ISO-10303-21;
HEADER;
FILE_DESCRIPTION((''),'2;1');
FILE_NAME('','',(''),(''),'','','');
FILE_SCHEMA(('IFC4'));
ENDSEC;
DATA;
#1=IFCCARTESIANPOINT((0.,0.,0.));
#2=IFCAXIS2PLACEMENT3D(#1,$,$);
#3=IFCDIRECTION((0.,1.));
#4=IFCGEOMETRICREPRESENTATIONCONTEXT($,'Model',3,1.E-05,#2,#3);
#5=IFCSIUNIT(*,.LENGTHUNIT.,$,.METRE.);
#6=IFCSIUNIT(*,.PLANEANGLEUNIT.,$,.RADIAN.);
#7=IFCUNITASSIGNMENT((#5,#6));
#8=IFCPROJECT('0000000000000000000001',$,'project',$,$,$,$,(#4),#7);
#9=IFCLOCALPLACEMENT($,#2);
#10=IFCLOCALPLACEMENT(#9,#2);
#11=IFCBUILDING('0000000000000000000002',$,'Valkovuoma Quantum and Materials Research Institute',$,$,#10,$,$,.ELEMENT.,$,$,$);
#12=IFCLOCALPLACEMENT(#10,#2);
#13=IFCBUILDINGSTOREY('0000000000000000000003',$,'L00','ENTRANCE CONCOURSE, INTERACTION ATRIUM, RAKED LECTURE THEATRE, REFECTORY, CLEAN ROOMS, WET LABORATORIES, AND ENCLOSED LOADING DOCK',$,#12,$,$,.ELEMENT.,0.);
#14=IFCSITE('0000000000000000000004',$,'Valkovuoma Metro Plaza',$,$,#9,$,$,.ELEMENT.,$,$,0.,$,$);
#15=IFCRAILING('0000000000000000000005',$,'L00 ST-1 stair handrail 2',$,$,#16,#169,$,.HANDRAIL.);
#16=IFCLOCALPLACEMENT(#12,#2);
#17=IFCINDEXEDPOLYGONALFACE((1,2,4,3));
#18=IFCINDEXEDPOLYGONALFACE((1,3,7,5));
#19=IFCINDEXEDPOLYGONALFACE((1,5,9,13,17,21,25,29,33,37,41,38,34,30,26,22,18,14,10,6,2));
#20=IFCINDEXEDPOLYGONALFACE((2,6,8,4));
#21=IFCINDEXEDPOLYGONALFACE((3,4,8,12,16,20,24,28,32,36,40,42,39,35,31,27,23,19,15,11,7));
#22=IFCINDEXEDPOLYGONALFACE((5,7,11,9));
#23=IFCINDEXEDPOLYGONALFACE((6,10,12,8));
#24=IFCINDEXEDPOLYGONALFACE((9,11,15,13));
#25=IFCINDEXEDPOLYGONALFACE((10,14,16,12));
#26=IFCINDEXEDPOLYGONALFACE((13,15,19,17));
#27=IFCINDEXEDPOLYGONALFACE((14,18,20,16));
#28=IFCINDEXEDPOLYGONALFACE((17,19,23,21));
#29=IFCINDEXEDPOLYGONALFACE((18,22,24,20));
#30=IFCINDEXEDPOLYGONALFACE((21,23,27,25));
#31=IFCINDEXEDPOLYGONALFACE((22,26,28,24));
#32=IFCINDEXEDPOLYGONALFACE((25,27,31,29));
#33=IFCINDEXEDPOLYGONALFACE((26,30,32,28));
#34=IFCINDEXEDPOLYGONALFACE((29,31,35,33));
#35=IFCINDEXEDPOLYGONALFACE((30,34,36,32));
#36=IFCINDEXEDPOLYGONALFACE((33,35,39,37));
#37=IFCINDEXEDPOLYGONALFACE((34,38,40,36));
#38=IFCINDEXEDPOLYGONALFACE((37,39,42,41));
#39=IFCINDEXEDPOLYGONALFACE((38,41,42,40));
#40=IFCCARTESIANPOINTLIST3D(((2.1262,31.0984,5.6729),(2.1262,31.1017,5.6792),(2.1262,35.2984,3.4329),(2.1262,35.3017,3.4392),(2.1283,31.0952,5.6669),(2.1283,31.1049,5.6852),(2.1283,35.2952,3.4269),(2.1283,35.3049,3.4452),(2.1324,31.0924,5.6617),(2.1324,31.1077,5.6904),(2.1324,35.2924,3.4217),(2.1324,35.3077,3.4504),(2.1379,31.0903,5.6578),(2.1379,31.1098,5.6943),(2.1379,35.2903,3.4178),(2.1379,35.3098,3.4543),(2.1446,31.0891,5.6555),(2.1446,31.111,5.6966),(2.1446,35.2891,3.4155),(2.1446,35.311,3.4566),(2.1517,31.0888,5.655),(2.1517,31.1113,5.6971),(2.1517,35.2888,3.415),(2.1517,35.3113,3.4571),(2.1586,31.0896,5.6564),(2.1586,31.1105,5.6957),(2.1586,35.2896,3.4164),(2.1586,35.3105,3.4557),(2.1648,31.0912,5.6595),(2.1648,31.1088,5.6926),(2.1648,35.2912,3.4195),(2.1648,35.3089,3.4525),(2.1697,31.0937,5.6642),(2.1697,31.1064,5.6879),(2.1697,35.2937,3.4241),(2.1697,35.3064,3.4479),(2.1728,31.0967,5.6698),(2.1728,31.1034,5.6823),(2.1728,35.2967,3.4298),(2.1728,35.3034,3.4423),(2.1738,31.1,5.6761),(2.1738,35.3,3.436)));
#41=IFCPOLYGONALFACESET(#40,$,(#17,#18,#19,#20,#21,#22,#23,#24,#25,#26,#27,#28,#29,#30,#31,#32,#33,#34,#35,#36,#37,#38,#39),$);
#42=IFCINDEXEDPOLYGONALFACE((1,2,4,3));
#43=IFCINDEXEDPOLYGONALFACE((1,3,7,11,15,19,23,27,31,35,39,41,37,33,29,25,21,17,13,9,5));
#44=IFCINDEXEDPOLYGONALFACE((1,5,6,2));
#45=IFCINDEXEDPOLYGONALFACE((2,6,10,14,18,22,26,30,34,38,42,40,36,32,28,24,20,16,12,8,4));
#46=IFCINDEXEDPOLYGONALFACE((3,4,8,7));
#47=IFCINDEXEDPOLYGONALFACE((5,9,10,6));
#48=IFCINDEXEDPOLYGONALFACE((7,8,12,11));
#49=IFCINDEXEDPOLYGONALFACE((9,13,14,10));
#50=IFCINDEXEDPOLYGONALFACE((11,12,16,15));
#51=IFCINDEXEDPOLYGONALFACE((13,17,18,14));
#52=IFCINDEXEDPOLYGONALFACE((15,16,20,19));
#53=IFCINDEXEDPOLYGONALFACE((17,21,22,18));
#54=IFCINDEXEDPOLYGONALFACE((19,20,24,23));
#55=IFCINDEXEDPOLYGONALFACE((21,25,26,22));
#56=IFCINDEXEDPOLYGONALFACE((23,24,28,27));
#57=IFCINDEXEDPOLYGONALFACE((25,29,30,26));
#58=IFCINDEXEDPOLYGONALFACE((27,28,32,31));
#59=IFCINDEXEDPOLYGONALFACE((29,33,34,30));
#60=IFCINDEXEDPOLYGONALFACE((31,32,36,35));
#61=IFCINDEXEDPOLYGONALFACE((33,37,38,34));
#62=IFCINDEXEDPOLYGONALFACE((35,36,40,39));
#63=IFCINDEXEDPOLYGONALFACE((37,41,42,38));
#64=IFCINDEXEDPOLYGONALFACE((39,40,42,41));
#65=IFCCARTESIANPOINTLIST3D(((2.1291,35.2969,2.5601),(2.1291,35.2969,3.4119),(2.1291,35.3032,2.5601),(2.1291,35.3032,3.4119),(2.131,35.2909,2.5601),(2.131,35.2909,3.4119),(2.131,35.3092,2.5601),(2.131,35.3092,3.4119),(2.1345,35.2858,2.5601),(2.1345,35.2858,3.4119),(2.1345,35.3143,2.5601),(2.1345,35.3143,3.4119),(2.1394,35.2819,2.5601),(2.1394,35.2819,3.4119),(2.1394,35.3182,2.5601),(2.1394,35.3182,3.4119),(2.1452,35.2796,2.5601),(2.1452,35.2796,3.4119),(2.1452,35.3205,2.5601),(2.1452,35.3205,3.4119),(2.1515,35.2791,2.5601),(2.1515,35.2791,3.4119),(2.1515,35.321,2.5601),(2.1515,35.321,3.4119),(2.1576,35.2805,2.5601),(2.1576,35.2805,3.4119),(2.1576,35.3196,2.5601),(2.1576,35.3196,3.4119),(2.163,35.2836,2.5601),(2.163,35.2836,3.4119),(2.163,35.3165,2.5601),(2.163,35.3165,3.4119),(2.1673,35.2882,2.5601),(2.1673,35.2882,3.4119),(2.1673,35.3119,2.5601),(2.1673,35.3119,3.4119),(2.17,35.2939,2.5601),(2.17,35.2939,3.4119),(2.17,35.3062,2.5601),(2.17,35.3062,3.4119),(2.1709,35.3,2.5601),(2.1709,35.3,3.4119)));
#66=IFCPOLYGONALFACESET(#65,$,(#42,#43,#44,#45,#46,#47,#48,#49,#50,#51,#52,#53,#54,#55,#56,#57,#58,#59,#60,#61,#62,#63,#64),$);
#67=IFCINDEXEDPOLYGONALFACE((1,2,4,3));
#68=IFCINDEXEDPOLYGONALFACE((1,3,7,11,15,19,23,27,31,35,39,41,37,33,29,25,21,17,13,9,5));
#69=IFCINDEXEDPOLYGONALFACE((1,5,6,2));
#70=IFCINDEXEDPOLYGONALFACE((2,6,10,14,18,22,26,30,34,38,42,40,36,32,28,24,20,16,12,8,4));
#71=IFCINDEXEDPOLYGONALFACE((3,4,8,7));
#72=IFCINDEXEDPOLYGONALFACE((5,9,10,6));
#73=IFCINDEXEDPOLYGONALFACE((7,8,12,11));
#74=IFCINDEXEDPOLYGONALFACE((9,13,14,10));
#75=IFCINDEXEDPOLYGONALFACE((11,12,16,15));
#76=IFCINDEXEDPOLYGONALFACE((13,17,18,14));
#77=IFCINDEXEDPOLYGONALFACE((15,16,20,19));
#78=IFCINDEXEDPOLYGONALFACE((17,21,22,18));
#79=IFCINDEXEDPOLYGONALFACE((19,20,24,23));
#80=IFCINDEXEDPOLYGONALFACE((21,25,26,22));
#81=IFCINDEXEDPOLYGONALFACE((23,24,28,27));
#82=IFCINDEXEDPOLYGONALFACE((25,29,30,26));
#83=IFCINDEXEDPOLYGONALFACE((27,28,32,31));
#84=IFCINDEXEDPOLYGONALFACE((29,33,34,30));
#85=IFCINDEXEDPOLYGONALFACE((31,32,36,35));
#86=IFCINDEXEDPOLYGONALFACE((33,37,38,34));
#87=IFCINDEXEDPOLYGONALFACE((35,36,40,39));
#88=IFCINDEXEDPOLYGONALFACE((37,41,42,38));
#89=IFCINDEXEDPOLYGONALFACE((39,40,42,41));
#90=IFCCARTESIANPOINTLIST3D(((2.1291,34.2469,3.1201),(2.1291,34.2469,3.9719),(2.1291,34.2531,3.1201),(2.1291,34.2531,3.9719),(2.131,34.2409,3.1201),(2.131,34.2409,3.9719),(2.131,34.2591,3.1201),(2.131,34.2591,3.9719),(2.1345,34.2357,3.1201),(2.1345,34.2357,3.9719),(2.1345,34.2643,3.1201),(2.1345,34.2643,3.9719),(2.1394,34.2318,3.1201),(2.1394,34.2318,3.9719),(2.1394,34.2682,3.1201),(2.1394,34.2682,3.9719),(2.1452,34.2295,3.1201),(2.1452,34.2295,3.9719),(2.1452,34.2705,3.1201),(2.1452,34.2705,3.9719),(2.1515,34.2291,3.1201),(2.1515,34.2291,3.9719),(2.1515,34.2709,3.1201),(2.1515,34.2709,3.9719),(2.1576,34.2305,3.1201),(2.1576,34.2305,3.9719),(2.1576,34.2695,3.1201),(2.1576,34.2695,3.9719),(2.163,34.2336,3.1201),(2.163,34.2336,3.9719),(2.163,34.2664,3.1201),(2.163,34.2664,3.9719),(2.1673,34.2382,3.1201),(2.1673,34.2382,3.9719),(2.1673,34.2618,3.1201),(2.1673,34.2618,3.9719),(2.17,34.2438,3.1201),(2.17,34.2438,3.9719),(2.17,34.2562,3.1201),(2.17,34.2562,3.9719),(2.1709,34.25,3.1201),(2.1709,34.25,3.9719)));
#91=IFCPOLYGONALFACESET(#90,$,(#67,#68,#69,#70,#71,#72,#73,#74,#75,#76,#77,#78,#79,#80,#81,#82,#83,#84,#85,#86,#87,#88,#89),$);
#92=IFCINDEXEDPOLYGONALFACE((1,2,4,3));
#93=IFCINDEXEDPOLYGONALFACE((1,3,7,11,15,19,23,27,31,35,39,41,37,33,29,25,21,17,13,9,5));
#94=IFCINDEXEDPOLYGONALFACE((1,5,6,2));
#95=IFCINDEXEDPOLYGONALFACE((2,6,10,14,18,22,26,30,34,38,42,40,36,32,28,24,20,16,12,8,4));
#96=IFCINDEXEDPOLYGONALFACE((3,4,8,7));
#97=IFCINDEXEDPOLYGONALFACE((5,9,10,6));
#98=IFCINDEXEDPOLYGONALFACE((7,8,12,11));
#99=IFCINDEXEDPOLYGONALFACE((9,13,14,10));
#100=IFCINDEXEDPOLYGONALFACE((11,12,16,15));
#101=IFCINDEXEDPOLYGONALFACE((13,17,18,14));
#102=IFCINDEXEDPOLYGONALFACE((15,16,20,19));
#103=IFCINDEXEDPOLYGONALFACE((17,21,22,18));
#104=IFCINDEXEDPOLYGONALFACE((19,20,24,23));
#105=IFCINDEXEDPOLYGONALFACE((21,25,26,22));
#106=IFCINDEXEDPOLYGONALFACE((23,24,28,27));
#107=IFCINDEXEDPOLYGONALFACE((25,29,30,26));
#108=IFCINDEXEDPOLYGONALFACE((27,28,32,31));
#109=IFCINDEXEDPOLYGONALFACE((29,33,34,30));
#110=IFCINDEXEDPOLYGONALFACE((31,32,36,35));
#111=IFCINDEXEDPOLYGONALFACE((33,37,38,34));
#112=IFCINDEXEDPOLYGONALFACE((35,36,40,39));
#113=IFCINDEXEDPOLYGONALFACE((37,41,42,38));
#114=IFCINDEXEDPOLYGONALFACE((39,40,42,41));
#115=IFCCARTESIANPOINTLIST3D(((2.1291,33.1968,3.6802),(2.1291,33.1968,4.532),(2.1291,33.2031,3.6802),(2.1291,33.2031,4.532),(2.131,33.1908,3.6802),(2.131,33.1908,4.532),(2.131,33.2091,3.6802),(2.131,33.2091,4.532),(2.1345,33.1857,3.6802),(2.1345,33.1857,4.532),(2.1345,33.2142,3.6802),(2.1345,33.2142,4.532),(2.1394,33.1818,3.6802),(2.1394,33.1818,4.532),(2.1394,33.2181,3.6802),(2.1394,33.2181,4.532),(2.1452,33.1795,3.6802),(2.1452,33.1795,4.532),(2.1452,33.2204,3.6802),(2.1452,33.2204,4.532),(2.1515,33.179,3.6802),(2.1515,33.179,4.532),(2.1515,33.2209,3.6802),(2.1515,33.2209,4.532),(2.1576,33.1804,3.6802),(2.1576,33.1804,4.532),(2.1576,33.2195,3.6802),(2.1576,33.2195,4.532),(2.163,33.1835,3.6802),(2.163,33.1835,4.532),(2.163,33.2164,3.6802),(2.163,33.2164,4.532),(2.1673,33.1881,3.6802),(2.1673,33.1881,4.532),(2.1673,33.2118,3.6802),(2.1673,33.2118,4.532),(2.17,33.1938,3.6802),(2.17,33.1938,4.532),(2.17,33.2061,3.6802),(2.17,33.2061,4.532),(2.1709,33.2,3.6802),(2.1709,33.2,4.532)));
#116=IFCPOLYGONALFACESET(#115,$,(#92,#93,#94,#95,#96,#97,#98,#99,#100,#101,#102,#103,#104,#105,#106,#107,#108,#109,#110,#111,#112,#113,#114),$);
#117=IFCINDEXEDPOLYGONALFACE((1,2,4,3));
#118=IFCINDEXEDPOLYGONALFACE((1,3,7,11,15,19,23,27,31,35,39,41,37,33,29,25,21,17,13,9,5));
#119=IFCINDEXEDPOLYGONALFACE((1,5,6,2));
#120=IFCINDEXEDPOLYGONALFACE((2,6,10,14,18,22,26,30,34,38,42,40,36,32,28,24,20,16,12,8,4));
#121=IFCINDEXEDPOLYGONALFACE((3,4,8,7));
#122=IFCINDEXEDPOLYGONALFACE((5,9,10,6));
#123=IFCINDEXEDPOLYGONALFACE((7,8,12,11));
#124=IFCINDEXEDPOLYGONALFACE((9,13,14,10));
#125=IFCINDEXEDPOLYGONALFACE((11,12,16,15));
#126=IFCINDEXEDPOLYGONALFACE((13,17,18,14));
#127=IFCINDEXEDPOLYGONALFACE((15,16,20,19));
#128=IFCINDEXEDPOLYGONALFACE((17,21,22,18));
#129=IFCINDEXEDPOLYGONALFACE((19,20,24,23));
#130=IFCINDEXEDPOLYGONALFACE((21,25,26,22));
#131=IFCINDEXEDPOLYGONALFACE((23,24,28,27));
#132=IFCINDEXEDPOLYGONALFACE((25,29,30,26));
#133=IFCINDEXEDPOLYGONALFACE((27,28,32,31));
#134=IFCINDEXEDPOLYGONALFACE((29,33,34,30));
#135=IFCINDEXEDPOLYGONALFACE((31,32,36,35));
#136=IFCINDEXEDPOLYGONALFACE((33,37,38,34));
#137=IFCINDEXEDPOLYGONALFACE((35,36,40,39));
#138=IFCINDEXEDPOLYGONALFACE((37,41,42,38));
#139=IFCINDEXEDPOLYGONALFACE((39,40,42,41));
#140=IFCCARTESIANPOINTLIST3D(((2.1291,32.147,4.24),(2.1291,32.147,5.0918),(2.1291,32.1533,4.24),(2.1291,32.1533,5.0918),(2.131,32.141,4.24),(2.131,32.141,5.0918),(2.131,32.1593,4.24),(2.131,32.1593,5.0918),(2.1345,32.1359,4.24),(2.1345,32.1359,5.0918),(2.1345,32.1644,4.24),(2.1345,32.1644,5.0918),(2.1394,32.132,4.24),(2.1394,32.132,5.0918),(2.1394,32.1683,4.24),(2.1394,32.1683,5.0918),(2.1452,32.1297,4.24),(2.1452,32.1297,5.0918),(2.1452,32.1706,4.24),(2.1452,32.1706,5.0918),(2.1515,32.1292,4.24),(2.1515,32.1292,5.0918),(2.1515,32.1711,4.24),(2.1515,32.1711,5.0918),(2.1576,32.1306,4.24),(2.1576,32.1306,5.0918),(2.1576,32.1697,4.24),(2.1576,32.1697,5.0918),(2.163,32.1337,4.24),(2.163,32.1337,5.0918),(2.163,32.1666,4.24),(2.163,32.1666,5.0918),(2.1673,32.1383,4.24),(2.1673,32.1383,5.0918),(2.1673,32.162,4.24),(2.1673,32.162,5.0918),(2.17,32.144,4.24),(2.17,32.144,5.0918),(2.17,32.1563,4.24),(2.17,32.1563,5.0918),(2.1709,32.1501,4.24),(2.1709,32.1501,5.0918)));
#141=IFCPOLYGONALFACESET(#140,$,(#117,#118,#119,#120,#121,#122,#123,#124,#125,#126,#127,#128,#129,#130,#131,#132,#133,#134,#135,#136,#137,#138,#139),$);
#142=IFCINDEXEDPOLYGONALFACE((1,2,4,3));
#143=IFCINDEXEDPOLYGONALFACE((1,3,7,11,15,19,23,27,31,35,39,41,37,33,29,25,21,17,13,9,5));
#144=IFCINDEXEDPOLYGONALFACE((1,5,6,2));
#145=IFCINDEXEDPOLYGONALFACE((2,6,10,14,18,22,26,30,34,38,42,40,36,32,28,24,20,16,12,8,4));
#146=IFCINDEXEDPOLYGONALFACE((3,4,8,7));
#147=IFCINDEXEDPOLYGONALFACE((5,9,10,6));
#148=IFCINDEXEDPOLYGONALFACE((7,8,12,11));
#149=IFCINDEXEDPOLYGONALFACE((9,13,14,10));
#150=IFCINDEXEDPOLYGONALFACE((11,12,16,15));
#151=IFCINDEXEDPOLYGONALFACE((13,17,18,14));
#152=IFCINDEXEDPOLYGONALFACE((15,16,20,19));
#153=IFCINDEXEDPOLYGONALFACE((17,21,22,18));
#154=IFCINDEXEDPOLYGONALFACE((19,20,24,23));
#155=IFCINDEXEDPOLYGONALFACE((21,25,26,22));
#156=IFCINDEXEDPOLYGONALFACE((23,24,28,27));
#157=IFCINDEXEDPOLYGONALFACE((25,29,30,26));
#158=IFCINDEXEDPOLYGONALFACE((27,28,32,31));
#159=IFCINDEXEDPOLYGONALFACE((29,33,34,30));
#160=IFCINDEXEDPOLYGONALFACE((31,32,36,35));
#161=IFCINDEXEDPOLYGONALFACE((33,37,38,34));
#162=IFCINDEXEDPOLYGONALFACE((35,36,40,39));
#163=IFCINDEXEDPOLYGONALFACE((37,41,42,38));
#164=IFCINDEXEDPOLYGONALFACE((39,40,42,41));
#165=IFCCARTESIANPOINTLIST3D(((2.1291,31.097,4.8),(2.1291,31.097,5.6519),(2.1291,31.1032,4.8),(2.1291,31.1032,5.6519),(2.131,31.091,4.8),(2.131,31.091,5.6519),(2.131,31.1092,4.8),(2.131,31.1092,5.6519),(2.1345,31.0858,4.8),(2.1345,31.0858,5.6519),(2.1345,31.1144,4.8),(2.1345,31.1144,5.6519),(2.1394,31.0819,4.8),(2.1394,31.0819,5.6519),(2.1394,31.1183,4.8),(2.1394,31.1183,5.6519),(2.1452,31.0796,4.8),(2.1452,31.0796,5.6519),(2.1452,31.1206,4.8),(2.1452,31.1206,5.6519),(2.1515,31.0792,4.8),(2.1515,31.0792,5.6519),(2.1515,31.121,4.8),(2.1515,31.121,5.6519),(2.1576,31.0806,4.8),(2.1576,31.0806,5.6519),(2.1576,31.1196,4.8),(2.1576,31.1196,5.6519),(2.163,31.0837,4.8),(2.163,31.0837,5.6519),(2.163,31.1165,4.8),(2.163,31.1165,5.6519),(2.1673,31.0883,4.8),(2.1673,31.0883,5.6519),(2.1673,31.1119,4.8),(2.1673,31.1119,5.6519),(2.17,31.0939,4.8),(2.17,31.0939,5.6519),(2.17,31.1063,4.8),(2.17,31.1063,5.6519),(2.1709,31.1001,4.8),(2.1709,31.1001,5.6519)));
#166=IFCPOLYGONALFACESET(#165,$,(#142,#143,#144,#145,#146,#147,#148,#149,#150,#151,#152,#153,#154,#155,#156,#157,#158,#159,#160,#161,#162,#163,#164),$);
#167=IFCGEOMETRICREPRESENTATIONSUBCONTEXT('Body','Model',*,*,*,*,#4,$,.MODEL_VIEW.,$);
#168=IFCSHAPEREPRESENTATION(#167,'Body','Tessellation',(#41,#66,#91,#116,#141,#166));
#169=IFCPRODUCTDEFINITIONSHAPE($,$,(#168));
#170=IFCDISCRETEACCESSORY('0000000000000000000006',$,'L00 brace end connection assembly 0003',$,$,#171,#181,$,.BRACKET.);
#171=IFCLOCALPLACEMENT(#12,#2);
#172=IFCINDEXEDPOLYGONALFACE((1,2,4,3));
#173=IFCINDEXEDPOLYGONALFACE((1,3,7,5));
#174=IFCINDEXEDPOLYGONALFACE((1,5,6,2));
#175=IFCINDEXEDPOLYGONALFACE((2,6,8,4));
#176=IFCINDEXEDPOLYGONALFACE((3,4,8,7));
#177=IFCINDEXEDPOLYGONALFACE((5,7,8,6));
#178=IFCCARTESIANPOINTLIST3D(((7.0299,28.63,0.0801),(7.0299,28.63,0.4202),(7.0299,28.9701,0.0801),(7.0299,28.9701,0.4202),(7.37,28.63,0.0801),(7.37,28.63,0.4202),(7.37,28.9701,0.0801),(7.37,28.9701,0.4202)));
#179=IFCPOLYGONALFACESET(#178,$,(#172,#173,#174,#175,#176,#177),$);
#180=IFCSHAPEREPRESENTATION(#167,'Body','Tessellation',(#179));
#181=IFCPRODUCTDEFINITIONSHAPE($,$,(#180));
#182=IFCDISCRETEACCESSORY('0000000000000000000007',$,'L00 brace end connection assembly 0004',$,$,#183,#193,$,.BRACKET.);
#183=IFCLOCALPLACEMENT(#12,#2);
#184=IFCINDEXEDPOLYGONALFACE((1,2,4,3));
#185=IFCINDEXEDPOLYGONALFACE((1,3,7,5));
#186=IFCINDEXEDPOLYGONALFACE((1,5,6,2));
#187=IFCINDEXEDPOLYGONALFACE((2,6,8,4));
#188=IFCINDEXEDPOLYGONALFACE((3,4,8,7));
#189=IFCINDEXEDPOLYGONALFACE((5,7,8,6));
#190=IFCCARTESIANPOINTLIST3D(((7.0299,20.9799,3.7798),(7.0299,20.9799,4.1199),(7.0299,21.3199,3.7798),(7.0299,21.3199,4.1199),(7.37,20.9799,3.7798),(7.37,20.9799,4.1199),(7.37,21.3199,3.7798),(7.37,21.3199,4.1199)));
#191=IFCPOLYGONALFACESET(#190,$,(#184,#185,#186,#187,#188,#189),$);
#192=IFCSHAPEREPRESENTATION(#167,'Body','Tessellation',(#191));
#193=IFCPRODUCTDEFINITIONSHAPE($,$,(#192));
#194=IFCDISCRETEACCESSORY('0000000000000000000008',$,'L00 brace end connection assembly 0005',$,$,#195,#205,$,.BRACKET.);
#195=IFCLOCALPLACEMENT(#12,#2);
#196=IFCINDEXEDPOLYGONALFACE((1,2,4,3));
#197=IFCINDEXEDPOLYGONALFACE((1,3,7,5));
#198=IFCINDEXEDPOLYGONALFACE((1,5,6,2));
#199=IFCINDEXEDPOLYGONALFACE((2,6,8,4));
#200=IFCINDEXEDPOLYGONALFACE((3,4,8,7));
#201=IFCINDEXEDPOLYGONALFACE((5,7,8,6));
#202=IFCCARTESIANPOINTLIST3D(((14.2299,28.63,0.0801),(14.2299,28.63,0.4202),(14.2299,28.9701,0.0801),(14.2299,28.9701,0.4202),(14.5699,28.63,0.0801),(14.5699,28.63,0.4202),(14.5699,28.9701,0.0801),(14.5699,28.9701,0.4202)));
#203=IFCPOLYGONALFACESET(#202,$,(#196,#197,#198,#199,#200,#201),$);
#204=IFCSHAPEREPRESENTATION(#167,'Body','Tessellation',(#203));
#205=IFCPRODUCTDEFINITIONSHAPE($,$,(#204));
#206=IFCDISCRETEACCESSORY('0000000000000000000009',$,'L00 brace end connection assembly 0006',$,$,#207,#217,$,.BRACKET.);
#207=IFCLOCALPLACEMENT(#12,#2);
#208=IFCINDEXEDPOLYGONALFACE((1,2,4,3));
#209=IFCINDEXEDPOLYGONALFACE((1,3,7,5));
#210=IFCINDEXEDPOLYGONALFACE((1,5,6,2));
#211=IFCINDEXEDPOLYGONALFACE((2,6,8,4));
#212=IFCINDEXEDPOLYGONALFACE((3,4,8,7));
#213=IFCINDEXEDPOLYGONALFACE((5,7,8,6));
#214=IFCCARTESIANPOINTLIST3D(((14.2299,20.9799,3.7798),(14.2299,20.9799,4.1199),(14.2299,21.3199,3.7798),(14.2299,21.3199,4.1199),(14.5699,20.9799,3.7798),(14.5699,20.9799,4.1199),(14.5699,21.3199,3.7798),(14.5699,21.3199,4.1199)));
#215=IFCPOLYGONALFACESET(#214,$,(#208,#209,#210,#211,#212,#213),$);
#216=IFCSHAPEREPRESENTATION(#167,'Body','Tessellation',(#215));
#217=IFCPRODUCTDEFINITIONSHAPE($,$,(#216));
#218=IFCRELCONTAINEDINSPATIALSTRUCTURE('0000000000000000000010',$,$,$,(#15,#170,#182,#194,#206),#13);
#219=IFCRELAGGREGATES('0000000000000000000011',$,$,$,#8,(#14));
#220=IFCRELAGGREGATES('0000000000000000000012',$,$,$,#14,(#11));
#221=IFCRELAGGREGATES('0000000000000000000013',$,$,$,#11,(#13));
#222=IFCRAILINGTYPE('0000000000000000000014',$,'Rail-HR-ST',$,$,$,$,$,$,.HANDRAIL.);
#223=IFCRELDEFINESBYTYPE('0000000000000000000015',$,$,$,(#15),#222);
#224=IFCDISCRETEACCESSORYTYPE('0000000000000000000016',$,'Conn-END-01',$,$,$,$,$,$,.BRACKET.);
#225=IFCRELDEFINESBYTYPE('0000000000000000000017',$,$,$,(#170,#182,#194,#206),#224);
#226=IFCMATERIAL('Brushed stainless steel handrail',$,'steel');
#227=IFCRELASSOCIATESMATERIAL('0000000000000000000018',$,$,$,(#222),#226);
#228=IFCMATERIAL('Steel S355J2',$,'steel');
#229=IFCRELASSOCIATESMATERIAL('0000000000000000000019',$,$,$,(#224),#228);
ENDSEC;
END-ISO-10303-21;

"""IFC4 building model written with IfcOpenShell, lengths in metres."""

from ifc_helpers import new_model, si_unit, direction, frame, origin, origin_2d, place, context, subcontext, project, spatial, rectangle, circle, extrude, material, type_object, element, save


model = new_model("IFC4")

# Units and contexts
model_context = context("Model", 3, precision=1e-05, world=origin(), true_north=direction((0.0, 1.0)))
body_context = subcontext(model_context, "Body", "Model", "MODEL_VIEW")
ifc_project = project(units=[si_unit("LENGTHUNIT", "METRE"), si_unit("PLANEANGLEUNIT", "RADIAN")], contexts=[model_context])

# Site, building, storey
site_placement = place(None, origin())
site = spatial("IfcSite", under=ifc_project, at=site_placement, Name="Valkovuoma Metro Plaza", CompositionType="ELEMENT", RefElevation=0.0)
building_placement = place(site_placement, origin())
building = spatial("IfcBuilding", under=site, at=building_placement, Name="Valkovuoma Quantum and Materials Research Institute", CompositionType="ELEMENT")
storey_placement = place(building_placement, origin())
storey = spatial("IfcBuildingStorey", under=building, at=storey_placement, Name="L00", Description="ENTRANCE CONCOURSE, INTERACTION ATRIUM, RAKED LECTURE THEATRE, REFECTORY, CLEAN ROOMS, WET LABORATORIES, AND ENCLOSED LOADING DOCK", CompositionType="ELEMENT", Elevation=0.0)

# Railing
ifc_material_1 = material(Name="Brushed stainless steel handrail", Category="steel")
railing_type_1 = type_object("IfcRailingType", Name="Rail-HR-ST", PredefinedType="HANDRAIL", material=ifc_material_1)
railing_1_placement = place(storey_placement, frame((2.1499, 35.3, 2.5601)))
element("IfcRailing", 1, at=railing_1_placement, inside=storey, type_object=railing_type_1, Name="L00 ST-1 stair handrail 2", PredefinedType="HANDRAIL", context=body_context, shape_type="SweptSolid", body=[
    extrude(circle(Radius=0.0239, at=origin_2d()), frame((0.0, 0.0, 0.876), z_axis=(0.0, -0.882352, 0.470591), x_axis=(1.0, 0.0, 0.0)), (0.0, 0.0, 1.0), 4.76),
    extrude(circle(Radius=0.021, at=origin_2d()), origin(), (0.0, 0.0, 1.0), 0.8518),
    extrude(circle(Radius=0.021, at=origin_2d()), frame((0.0, -1.05, 0.5601)), (0.0, 0.0, 1.0), 0.8518),
    extrude(circle(Radius=0.021, at=origin_2d()), frame((0.0, -2.1001, 1.1201)), (0.0, 0.0, 1.0), 0.8518),
    extrude(circle(Radius=0.021, at=origin_2d()), frame((0.0, -3.1499, 1.6799)), (0.0, 0.0, 1.0), 0.8518),
    extrude(circle(Radius=0.021, at=origin_2d()), frame((0.0, -4.2, 2.24)), (0.0, 0.0, 1.0), 0.8518),
])

# Discrete accessories
ifc_material_2 = material(Name="Steel S355J2", Category="steel")
discrete_accessory_type = type_object("IfcDiscreteAccessoryType", Name="Conn-END-01", PredefinedType="BRACKET", material=ifc_material_2)
for number, where, z_axis, x_axis, name in (
    (2, (7.2, 28.8, 0.0801), (0.0, 0.0, 1.0), (1.0, 0.0, 0.0), "L00 brace end connection assembly 0003"),
    (3, (7.2, 21.1499, 3.7798), (0.0, 0.0, 1.0), (1.0, 0.0, 0.0), "L00 brace end connection assembly 0004"),
    (4, (14.3999, 28.8, 0.0801), (0.0, 0.0, 1.0), (1.0, 0.0, 0.0), "L00 brace end connection assembly 0005"),
    (5, (14.3999, 21.1499, 3.7798), (0.0, 0.0, 1.0), (1.0, 0.0, 0.0), "L00 brace end connection assembly 0006"),
):
    element("IfcDiscreteAccessory", number, at=place(storey_placement, frame(where, z_axis=z_axis, x_axis=x_axis)), inside=storey, type_object=discrete_accessory_type, Name=name, PredefinedType="BRACKET", context=body_context, shape_type="SweptSolid", body=[
        extrude(rectangle(XDim=0.3401, YDim=0.3401, at=origin_2d()), origin(), (0.0, 0.0, 1.0), 0.3401),
    ])

save(model, "model.ifc")
